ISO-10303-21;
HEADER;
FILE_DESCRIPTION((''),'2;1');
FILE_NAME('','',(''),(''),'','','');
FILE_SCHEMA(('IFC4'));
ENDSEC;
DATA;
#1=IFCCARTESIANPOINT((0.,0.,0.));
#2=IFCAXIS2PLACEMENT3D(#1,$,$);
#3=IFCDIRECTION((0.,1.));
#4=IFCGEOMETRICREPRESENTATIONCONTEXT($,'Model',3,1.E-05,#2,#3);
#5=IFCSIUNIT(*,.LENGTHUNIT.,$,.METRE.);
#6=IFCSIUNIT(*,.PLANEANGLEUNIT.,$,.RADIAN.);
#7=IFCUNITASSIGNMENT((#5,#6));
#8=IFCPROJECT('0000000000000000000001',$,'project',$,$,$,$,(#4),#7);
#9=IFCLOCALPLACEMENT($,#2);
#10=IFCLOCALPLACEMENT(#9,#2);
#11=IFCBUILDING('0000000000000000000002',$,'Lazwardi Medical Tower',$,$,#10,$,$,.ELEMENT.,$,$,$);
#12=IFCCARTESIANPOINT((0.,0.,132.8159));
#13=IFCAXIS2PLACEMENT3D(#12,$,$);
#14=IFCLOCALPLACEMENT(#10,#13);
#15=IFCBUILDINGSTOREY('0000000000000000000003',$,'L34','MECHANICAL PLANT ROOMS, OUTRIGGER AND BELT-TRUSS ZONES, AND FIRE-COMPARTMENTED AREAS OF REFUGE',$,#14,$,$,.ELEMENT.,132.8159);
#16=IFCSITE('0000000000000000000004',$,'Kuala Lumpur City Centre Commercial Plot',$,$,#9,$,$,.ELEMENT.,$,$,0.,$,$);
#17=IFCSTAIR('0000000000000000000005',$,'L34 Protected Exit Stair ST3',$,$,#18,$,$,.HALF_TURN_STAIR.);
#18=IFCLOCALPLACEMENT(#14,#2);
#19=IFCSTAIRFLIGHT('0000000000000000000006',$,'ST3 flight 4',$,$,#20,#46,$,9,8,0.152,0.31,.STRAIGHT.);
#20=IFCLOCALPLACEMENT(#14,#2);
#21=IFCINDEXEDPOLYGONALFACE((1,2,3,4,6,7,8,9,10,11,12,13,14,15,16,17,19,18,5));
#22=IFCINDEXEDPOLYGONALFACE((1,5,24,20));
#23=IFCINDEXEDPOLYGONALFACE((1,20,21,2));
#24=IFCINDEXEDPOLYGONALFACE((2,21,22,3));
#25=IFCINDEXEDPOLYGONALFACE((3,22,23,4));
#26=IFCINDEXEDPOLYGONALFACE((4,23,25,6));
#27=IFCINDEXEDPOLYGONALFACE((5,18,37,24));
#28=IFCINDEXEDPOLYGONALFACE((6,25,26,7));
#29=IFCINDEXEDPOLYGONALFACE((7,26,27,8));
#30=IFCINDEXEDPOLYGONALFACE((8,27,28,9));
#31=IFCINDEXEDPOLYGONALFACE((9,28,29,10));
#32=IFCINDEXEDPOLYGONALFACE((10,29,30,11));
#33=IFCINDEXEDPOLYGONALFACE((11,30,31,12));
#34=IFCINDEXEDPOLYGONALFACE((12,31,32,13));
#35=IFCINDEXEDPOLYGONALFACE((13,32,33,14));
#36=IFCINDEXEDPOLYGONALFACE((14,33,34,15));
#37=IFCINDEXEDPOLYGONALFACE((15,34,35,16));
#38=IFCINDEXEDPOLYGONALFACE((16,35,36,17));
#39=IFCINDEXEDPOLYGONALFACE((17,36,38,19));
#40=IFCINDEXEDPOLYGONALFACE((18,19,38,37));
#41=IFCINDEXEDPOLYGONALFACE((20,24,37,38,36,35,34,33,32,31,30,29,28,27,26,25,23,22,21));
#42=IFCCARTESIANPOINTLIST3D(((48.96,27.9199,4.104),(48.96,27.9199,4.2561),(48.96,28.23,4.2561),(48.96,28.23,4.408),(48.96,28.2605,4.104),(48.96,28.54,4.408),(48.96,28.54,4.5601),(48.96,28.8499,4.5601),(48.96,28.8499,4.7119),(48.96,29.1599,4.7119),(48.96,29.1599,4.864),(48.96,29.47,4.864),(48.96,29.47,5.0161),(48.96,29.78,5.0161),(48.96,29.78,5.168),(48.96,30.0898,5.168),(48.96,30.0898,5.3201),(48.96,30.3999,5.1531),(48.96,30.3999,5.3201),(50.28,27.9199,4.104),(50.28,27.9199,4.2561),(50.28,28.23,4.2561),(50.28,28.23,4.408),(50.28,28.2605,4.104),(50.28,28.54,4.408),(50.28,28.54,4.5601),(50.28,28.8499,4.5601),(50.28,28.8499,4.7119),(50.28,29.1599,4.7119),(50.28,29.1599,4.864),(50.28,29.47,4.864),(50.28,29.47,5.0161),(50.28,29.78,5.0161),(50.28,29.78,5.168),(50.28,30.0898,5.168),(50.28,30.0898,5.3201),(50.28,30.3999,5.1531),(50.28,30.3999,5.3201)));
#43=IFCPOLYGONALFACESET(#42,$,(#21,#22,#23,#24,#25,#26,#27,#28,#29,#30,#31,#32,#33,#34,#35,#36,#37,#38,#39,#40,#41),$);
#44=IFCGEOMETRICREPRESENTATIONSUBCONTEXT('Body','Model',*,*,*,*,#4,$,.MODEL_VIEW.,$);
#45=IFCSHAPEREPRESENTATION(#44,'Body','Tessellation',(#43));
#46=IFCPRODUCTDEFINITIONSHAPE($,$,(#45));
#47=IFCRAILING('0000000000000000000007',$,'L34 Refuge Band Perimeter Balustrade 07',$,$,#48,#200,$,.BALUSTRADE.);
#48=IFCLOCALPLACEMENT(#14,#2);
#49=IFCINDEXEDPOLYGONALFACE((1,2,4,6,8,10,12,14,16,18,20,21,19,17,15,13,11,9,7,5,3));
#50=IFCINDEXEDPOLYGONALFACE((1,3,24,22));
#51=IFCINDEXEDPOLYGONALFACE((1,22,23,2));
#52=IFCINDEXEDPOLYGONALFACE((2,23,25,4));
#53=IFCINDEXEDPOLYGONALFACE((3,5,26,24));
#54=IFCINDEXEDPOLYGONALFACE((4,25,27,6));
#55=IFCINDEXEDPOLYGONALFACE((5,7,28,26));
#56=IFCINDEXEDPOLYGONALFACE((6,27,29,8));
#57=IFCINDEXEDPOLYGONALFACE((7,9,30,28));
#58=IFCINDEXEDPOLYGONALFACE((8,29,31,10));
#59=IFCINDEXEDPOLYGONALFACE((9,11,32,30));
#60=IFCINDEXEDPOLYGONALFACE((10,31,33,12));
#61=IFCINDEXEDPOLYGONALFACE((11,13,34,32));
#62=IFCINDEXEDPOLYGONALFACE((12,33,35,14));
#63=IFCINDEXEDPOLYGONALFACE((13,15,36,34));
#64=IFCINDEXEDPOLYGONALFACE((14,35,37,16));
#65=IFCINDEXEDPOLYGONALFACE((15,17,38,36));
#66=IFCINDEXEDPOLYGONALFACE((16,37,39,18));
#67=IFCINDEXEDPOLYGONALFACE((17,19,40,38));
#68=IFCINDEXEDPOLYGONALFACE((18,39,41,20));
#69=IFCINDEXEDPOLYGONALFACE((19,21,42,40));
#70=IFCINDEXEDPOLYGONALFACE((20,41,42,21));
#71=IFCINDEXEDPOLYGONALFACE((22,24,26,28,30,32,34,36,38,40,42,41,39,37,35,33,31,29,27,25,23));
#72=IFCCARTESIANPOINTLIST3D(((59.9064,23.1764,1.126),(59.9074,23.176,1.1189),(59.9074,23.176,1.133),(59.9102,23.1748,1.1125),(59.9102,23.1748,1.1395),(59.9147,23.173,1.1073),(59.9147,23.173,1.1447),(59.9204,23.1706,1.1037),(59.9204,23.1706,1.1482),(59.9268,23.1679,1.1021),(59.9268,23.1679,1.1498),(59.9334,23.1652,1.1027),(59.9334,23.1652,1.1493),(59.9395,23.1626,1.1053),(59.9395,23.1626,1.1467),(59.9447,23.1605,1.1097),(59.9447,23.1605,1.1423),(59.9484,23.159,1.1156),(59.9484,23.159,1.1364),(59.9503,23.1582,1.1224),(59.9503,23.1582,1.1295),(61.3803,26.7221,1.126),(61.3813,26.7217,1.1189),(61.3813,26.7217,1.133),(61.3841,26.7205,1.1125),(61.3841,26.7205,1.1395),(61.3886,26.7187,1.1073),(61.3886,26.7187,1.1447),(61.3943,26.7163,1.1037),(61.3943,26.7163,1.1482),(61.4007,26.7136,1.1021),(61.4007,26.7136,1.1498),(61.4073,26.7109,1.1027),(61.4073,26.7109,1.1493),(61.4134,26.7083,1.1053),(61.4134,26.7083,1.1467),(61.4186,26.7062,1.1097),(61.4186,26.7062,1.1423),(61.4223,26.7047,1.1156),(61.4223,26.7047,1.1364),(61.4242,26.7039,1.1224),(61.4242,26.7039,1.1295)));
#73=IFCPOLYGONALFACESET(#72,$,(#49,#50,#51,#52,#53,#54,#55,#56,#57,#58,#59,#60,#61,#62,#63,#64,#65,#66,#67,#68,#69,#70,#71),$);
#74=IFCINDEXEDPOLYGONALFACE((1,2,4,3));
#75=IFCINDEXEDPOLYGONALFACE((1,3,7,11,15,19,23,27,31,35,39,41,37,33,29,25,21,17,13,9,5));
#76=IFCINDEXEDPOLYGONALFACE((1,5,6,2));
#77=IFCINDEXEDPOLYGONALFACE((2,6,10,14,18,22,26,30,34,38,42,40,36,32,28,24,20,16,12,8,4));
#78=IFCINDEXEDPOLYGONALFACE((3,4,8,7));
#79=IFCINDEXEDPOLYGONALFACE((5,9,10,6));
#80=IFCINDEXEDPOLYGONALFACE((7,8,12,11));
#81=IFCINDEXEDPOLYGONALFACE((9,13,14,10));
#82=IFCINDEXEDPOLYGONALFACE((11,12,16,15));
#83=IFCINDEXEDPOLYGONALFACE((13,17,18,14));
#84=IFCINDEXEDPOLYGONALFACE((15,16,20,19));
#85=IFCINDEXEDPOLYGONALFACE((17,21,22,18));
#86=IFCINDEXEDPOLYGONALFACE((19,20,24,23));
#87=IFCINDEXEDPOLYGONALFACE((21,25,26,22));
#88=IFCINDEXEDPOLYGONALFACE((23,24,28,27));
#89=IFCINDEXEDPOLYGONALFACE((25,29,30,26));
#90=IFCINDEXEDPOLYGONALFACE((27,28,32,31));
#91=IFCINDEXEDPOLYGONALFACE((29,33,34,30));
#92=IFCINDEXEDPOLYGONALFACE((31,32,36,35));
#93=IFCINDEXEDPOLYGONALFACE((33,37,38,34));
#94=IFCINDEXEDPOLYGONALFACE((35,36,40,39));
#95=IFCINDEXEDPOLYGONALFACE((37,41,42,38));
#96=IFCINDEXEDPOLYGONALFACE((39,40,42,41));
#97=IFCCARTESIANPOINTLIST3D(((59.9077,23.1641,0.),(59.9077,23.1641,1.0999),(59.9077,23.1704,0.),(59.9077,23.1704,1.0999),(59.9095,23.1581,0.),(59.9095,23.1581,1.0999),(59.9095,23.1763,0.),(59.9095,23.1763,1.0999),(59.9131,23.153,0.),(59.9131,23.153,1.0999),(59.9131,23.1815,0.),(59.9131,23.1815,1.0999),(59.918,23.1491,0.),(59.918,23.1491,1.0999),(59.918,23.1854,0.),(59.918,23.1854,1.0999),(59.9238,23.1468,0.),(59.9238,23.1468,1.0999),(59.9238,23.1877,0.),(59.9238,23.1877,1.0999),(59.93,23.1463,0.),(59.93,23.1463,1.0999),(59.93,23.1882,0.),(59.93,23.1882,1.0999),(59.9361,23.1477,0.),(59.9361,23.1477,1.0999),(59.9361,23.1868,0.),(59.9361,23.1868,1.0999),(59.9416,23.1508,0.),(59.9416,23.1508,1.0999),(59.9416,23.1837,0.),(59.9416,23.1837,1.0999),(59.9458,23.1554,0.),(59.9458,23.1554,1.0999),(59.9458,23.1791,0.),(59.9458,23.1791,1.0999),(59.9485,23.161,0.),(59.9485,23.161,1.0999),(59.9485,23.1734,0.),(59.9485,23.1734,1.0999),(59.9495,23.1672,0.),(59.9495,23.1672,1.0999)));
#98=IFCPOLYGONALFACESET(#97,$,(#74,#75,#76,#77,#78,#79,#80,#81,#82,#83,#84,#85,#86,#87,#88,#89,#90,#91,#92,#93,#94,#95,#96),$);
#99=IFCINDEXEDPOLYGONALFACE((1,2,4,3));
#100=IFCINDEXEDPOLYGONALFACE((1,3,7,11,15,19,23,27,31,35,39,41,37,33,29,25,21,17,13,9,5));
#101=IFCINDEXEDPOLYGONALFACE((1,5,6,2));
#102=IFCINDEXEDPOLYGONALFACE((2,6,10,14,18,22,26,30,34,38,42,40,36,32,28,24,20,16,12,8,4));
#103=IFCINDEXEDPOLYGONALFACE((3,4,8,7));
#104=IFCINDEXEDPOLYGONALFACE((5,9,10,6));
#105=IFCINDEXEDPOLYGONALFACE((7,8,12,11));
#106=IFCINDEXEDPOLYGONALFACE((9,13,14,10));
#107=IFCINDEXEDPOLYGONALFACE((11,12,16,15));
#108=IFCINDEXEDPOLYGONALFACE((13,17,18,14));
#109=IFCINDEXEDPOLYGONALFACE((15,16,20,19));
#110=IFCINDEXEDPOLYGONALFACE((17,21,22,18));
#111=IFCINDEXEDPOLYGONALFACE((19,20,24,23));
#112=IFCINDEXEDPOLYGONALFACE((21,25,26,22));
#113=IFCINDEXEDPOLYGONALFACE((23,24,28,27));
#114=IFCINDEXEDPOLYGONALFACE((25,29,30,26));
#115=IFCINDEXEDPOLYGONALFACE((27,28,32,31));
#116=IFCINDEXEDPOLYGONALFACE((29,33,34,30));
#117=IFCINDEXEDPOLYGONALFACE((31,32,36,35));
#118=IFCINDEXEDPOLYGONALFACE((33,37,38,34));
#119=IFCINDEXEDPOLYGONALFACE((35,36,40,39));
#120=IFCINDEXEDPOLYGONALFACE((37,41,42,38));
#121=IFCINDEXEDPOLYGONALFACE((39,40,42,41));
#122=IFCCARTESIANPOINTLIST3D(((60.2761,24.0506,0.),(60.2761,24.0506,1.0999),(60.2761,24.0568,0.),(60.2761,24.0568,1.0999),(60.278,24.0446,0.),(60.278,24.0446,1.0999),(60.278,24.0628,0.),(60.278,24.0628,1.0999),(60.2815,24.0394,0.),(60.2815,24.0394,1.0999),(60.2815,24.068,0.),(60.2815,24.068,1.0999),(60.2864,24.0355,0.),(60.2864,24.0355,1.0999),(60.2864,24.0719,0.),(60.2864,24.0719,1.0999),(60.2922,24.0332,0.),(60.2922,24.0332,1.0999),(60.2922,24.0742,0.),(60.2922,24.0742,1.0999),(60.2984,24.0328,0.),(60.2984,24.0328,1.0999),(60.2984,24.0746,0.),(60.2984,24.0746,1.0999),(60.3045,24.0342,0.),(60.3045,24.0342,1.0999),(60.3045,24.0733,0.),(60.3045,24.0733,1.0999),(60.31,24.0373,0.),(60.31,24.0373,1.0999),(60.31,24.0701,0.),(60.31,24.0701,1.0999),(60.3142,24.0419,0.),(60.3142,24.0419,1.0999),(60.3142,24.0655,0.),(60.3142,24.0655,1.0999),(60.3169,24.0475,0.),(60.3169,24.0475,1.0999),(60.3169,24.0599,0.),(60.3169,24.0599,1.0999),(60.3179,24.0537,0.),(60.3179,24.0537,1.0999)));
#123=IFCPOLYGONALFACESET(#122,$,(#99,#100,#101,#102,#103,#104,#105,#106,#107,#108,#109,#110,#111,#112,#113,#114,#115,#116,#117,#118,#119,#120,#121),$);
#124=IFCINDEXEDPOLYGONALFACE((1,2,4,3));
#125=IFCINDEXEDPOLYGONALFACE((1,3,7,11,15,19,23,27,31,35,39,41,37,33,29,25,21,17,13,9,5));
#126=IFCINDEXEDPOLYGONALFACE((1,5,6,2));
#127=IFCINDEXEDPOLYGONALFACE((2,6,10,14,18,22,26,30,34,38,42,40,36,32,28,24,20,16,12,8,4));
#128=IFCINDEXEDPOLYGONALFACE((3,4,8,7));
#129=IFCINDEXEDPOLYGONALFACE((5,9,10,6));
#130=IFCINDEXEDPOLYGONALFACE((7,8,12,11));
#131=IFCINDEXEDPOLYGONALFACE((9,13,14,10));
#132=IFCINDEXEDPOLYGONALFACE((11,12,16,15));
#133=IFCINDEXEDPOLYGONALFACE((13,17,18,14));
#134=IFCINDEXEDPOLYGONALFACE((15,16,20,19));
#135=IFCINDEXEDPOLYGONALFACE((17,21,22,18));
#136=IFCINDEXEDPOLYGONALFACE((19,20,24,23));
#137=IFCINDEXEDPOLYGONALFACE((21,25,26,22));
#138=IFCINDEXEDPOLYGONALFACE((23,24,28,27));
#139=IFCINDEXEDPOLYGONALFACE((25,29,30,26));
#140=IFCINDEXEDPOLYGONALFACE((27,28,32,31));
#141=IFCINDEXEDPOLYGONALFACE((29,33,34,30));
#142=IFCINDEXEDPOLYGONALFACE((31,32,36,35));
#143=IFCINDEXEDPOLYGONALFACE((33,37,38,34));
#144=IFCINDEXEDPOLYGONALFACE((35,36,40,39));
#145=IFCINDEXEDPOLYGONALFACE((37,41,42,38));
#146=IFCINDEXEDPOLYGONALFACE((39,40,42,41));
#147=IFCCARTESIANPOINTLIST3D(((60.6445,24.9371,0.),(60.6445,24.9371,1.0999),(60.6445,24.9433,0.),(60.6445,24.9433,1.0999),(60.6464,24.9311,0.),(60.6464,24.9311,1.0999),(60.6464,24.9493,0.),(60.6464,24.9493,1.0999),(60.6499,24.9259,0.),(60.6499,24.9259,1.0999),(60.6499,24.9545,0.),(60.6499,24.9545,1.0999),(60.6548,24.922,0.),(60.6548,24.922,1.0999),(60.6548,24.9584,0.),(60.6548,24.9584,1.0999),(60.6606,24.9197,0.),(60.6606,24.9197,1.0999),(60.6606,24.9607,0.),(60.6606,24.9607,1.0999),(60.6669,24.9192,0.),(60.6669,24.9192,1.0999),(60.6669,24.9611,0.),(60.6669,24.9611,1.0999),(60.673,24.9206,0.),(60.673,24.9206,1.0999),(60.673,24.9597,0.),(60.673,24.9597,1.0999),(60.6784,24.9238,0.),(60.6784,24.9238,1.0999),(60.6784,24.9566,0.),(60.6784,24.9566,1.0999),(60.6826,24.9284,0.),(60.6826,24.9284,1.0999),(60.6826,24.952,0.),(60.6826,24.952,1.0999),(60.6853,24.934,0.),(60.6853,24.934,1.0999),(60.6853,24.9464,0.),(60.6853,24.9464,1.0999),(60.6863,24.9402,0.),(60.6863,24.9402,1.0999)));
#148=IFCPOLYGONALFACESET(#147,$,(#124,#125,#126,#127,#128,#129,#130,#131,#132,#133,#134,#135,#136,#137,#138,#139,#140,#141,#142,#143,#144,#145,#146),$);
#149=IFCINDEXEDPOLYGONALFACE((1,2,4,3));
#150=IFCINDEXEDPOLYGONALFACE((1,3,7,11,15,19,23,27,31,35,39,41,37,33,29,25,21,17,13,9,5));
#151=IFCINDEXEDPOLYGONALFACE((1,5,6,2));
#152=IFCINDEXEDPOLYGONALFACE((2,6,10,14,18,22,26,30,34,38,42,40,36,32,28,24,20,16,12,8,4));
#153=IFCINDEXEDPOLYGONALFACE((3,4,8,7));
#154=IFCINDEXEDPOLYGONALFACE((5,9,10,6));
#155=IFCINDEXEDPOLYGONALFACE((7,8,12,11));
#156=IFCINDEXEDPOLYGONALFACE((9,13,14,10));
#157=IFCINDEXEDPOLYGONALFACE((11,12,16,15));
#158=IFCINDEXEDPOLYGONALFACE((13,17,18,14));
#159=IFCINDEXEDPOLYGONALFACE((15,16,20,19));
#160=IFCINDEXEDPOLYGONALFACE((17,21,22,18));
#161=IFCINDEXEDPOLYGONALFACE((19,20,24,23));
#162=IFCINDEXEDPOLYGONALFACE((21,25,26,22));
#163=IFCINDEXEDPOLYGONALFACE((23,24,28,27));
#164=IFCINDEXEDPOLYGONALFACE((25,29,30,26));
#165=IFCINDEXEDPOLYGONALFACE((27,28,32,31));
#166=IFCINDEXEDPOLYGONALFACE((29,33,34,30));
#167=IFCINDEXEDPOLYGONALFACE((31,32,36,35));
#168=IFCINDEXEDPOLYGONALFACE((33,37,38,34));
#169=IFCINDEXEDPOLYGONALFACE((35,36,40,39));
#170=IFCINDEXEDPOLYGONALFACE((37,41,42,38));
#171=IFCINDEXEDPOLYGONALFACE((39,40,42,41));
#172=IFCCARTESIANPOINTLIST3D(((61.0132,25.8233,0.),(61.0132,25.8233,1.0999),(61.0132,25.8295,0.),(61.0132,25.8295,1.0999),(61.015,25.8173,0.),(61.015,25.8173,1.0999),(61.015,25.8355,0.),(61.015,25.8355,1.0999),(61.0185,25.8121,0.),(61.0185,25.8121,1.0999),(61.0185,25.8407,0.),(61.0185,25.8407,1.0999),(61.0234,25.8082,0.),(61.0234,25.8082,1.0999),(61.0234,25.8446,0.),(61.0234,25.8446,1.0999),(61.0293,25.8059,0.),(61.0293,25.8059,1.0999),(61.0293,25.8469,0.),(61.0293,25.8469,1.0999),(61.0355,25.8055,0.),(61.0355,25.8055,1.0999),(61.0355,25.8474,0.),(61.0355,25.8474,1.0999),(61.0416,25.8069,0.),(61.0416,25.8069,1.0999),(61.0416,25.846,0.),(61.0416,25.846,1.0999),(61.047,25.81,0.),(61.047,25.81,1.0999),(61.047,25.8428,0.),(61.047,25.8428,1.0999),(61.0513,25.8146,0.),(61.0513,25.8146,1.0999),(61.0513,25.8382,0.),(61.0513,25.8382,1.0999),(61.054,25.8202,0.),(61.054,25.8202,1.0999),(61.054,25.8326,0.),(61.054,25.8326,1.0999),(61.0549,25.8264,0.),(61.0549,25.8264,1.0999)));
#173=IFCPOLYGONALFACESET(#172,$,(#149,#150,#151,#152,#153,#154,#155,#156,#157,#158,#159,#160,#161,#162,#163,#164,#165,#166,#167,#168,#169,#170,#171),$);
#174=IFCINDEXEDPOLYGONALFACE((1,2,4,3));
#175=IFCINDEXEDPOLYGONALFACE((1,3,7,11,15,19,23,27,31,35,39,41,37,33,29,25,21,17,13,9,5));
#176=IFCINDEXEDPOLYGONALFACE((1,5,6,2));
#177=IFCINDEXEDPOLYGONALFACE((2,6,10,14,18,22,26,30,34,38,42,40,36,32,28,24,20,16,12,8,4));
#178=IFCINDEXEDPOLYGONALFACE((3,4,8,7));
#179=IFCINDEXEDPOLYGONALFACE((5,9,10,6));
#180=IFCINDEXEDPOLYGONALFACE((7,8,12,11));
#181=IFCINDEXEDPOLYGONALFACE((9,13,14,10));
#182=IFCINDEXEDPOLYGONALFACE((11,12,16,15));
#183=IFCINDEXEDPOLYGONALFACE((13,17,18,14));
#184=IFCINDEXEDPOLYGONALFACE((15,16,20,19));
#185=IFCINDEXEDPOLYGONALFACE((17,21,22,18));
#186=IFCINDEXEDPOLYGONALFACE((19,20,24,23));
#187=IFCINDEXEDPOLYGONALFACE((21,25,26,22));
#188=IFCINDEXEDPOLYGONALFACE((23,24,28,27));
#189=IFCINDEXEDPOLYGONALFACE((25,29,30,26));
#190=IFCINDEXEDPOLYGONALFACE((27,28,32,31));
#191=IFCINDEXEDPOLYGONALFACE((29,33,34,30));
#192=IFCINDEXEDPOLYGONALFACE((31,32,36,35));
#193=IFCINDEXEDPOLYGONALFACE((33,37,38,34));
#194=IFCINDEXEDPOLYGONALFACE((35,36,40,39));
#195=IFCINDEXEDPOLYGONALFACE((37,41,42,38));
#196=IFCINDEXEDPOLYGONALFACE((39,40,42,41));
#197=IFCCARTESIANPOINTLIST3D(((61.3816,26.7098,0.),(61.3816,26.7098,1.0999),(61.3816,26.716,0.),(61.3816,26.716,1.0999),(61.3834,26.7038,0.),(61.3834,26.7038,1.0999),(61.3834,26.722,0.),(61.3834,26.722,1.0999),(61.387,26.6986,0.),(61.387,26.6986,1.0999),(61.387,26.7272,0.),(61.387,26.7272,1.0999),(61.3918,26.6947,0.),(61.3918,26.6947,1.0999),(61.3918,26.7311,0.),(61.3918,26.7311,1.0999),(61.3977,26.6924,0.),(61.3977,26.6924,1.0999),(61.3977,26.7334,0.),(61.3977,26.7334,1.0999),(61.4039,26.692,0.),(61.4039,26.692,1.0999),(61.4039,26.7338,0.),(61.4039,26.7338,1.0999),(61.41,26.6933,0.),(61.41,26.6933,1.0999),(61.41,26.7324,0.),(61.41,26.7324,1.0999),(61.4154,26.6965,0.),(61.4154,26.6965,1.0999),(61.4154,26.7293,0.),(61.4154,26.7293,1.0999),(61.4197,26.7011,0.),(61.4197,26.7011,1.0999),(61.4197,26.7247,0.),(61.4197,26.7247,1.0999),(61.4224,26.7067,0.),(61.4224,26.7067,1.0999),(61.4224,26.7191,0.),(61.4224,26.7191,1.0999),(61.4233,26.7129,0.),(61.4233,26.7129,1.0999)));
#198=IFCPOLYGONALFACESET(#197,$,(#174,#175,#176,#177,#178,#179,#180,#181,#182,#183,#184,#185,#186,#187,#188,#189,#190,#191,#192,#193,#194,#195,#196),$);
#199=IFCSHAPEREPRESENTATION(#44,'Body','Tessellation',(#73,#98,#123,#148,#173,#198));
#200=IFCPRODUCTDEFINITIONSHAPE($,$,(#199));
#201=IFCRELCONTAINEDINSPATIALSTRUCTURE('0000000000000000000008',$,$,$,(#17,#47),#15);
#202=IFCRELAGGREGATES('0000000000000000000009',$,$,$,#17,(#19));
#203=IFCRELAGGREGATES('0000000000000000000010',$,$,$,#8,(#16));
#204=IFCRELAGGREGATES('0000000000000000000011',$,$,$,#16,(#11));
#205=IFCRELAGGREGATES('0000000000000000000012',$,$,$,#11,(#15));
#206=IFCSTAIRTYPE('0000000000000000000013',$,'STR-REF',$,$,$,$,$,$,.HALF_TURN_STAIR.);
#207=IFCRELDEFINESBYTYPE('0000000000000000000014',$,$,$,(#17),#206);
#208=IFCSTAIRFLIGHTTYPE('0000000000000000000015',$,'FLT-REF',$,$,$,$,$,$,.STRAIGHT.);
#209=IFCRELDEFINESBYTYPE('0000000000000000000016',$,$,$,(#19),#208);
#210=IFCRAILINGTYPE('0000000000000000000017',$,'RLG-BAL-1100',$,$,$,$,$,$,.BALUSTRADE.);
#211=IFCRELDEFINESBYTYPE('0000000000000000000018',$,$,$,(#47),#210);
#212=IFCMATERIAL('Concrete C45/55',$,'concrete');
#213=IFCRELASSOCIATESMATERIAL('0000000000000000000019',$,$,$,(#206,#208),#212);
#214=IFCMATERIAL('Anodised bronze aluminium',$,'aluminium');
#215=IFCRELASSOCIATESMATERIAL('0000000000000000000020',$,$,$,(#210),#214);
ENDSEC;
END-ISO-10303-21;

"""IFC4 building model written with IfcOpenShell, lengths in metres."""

from ifc_helpers import new_model, si_unit, direction, frame, origin, origin_2d, place, context, subcontext, project, spatial, polyline, circle, outline, extrude, material, type_object, element, aggregate, save


model = new_model("IFC4")

# Units and contexts
model_context = context("Model", 3, precision=1e-05, world=origin(), true_north=direction((0.0, 1.0)))
body_context = subcontext(model_context, "Body", "Model", "MODEL_VIEW")
ifc_project = project(units=[si_unit("LENGTHUNIT", "METRE"), si_unit("PLANEANGLEUNIT", "RADIAN")], contexts=[model_context])

# Site, building, storey
site_placement = place(None, origin())
site = spatial("IfcSite", under=ifc_project, at=site_placement, Name="Kuala Lumpur City Centre Commercial Plot", CompositionType="ELEMENT", RefElevation=0.0)
building_placement = place(site_placement, origin())
building = spatial("IfcBuilding", under=site, at=building_placement, Name="Lazwardi Medical Tower", CompositionType="ELEMENT")
storey_placement = place(building_placement, frame((0.0, 0.0, 132.8159)))
storey = spatial("IfcBuildingStorey", under=building, at=storey_placement, Name="L34", Description="MECHANICAL PLANT ROOMS, OUTRIGGER AND BELT-TRUSS ZONES, AND FIRE-COMPARTMENTED AREAS OF REFUGE", CompositionType="ELEMENT", Elevation=132.8159)

# Stair, stair flight
ifc_material_1 = material(Name="Concrete C45/55", Category="concrete")
stair_type = type_object("IfcStairType", Name="STR-REF", PredefinedType="HALF_TURN_STAIR", material=ifc_material_1)
stair_placement = place(storey_placement, origin())
stair = element("IfcStair", 1, at=stair_placement, inside=storey, type_object=stair_type, Name="L34 Protected Exit Stair ST3", PredefinedType="HALF_TURN_STAIR")
stair_flight_type = type_object("IfcStairFlightType", Name="FLT-REF", PredefinedType="STRAIGHT", material=ifc_material_1)
stair_flight_1_placement = place(storey_placement, frame((49.6201, 27.9199, 4.104), z_axis=(0.0, 0.0, 1.0), x_axis=(0.0, 1.0, 0.0)))
stair_flight_1 = element("IfcStairFlight", 2, at=stair_flight_1_placement, type_object=stair_flight_type, Name="ST3 flight 4", NumberOfRisers=9, NumberOfTreads=8, PredefinedType="STRAIGHT", RiserHeight=0.152, TreadLength=0.31, context=body_context, shape_type="SweptSolid", body=[
    extrude(outline(polyline([(0.0, 0.0), (0.0, 0.1521), (0.3101, 0.1521), (0.3101, 0.304), (0.6201, 0.304), (0.6201, 0.4561), (0.9299, 0.4561), (0.9299, 0.6079), (1.24, 0.6079), (1.24, 0.76), (1.55, 0.76), (1.55, 0.9121), (1.8601, 0.9121), (1.8601, 1.064), (2.1699, 1.064), (2.1699, 1.2161), (2.48, 1.2161), (2.48, 1.3679), (2.48, 1.0491), (0.3406, 0.0), (0.0, 0.0)])), frame((0.0, 0.6602, 0.0), z_axis=(0.0, -1.0, 0.0), x_axis=(1.0, 0.0, 0.0)), (0.0, 0.0, 1.0), 1.3201),
])
aggregate(stair, [stair_flight_1])

# Railing
ifc_material_2 = material(Name="Anodised bronze aluminium", Category="aluminium")
railing_type_1 = type_object("IfcRailingType", Name="RLG-BAL-1100", PredefinedType="BALUSTRADE", material=ifc_material_2)
railing_1_placement = place(storey_placement, frame((59.9285, 23.1672, 0.0)))
element("IfcRailing", 3, at=railing_1_placement, inside=storey, type_object=railing_type_1, Name="L34 Refuge Band Perimeter Balustrade 07", PredefinedType="BALUSTRADE", context=body_context, shape_type="SweptSolid", body=[
    extrude(circle(Radius=0.0239, at=origin_2d()), frame((0.0, 0.0, 1.126), z_axis=(0.383843, 0.923398, 0.0), x_axis=(-0.923398, 0.383843, 0.0)), (0.0, 0.0, 1.0), 3.8398),
    extrude(circle(Radius=0.021, at=origin_2d()), origin(), (0.0, 0.0, 1.0), 1.0999),
    extrude(circle(Radius=0.021, at=origin_2d()), frame((0.3684, 0.8865, 0.0)), (0.0, 0.0, 1.0), 1.0999),
    extrude(circle(Radius=0.021, at=origin_2d()), frame((0.7368, 1.7729, 0.0)), (0.0, 0.0, 1.0), 1.0999),
    extrude(circle(Radius=0.021, at=origin_2d()), frame((1.1055, 2.6592, 0.0)), (0.0, 0.0, 1.0), 1.0999),
    extrude(circle(Radius=0.021, at=origin_2d()), frame((1.4739, 3.5457, 0.0)), (0.0, 0.0, 1.0), 1.0999),
])

save(model, "model.ifc")
